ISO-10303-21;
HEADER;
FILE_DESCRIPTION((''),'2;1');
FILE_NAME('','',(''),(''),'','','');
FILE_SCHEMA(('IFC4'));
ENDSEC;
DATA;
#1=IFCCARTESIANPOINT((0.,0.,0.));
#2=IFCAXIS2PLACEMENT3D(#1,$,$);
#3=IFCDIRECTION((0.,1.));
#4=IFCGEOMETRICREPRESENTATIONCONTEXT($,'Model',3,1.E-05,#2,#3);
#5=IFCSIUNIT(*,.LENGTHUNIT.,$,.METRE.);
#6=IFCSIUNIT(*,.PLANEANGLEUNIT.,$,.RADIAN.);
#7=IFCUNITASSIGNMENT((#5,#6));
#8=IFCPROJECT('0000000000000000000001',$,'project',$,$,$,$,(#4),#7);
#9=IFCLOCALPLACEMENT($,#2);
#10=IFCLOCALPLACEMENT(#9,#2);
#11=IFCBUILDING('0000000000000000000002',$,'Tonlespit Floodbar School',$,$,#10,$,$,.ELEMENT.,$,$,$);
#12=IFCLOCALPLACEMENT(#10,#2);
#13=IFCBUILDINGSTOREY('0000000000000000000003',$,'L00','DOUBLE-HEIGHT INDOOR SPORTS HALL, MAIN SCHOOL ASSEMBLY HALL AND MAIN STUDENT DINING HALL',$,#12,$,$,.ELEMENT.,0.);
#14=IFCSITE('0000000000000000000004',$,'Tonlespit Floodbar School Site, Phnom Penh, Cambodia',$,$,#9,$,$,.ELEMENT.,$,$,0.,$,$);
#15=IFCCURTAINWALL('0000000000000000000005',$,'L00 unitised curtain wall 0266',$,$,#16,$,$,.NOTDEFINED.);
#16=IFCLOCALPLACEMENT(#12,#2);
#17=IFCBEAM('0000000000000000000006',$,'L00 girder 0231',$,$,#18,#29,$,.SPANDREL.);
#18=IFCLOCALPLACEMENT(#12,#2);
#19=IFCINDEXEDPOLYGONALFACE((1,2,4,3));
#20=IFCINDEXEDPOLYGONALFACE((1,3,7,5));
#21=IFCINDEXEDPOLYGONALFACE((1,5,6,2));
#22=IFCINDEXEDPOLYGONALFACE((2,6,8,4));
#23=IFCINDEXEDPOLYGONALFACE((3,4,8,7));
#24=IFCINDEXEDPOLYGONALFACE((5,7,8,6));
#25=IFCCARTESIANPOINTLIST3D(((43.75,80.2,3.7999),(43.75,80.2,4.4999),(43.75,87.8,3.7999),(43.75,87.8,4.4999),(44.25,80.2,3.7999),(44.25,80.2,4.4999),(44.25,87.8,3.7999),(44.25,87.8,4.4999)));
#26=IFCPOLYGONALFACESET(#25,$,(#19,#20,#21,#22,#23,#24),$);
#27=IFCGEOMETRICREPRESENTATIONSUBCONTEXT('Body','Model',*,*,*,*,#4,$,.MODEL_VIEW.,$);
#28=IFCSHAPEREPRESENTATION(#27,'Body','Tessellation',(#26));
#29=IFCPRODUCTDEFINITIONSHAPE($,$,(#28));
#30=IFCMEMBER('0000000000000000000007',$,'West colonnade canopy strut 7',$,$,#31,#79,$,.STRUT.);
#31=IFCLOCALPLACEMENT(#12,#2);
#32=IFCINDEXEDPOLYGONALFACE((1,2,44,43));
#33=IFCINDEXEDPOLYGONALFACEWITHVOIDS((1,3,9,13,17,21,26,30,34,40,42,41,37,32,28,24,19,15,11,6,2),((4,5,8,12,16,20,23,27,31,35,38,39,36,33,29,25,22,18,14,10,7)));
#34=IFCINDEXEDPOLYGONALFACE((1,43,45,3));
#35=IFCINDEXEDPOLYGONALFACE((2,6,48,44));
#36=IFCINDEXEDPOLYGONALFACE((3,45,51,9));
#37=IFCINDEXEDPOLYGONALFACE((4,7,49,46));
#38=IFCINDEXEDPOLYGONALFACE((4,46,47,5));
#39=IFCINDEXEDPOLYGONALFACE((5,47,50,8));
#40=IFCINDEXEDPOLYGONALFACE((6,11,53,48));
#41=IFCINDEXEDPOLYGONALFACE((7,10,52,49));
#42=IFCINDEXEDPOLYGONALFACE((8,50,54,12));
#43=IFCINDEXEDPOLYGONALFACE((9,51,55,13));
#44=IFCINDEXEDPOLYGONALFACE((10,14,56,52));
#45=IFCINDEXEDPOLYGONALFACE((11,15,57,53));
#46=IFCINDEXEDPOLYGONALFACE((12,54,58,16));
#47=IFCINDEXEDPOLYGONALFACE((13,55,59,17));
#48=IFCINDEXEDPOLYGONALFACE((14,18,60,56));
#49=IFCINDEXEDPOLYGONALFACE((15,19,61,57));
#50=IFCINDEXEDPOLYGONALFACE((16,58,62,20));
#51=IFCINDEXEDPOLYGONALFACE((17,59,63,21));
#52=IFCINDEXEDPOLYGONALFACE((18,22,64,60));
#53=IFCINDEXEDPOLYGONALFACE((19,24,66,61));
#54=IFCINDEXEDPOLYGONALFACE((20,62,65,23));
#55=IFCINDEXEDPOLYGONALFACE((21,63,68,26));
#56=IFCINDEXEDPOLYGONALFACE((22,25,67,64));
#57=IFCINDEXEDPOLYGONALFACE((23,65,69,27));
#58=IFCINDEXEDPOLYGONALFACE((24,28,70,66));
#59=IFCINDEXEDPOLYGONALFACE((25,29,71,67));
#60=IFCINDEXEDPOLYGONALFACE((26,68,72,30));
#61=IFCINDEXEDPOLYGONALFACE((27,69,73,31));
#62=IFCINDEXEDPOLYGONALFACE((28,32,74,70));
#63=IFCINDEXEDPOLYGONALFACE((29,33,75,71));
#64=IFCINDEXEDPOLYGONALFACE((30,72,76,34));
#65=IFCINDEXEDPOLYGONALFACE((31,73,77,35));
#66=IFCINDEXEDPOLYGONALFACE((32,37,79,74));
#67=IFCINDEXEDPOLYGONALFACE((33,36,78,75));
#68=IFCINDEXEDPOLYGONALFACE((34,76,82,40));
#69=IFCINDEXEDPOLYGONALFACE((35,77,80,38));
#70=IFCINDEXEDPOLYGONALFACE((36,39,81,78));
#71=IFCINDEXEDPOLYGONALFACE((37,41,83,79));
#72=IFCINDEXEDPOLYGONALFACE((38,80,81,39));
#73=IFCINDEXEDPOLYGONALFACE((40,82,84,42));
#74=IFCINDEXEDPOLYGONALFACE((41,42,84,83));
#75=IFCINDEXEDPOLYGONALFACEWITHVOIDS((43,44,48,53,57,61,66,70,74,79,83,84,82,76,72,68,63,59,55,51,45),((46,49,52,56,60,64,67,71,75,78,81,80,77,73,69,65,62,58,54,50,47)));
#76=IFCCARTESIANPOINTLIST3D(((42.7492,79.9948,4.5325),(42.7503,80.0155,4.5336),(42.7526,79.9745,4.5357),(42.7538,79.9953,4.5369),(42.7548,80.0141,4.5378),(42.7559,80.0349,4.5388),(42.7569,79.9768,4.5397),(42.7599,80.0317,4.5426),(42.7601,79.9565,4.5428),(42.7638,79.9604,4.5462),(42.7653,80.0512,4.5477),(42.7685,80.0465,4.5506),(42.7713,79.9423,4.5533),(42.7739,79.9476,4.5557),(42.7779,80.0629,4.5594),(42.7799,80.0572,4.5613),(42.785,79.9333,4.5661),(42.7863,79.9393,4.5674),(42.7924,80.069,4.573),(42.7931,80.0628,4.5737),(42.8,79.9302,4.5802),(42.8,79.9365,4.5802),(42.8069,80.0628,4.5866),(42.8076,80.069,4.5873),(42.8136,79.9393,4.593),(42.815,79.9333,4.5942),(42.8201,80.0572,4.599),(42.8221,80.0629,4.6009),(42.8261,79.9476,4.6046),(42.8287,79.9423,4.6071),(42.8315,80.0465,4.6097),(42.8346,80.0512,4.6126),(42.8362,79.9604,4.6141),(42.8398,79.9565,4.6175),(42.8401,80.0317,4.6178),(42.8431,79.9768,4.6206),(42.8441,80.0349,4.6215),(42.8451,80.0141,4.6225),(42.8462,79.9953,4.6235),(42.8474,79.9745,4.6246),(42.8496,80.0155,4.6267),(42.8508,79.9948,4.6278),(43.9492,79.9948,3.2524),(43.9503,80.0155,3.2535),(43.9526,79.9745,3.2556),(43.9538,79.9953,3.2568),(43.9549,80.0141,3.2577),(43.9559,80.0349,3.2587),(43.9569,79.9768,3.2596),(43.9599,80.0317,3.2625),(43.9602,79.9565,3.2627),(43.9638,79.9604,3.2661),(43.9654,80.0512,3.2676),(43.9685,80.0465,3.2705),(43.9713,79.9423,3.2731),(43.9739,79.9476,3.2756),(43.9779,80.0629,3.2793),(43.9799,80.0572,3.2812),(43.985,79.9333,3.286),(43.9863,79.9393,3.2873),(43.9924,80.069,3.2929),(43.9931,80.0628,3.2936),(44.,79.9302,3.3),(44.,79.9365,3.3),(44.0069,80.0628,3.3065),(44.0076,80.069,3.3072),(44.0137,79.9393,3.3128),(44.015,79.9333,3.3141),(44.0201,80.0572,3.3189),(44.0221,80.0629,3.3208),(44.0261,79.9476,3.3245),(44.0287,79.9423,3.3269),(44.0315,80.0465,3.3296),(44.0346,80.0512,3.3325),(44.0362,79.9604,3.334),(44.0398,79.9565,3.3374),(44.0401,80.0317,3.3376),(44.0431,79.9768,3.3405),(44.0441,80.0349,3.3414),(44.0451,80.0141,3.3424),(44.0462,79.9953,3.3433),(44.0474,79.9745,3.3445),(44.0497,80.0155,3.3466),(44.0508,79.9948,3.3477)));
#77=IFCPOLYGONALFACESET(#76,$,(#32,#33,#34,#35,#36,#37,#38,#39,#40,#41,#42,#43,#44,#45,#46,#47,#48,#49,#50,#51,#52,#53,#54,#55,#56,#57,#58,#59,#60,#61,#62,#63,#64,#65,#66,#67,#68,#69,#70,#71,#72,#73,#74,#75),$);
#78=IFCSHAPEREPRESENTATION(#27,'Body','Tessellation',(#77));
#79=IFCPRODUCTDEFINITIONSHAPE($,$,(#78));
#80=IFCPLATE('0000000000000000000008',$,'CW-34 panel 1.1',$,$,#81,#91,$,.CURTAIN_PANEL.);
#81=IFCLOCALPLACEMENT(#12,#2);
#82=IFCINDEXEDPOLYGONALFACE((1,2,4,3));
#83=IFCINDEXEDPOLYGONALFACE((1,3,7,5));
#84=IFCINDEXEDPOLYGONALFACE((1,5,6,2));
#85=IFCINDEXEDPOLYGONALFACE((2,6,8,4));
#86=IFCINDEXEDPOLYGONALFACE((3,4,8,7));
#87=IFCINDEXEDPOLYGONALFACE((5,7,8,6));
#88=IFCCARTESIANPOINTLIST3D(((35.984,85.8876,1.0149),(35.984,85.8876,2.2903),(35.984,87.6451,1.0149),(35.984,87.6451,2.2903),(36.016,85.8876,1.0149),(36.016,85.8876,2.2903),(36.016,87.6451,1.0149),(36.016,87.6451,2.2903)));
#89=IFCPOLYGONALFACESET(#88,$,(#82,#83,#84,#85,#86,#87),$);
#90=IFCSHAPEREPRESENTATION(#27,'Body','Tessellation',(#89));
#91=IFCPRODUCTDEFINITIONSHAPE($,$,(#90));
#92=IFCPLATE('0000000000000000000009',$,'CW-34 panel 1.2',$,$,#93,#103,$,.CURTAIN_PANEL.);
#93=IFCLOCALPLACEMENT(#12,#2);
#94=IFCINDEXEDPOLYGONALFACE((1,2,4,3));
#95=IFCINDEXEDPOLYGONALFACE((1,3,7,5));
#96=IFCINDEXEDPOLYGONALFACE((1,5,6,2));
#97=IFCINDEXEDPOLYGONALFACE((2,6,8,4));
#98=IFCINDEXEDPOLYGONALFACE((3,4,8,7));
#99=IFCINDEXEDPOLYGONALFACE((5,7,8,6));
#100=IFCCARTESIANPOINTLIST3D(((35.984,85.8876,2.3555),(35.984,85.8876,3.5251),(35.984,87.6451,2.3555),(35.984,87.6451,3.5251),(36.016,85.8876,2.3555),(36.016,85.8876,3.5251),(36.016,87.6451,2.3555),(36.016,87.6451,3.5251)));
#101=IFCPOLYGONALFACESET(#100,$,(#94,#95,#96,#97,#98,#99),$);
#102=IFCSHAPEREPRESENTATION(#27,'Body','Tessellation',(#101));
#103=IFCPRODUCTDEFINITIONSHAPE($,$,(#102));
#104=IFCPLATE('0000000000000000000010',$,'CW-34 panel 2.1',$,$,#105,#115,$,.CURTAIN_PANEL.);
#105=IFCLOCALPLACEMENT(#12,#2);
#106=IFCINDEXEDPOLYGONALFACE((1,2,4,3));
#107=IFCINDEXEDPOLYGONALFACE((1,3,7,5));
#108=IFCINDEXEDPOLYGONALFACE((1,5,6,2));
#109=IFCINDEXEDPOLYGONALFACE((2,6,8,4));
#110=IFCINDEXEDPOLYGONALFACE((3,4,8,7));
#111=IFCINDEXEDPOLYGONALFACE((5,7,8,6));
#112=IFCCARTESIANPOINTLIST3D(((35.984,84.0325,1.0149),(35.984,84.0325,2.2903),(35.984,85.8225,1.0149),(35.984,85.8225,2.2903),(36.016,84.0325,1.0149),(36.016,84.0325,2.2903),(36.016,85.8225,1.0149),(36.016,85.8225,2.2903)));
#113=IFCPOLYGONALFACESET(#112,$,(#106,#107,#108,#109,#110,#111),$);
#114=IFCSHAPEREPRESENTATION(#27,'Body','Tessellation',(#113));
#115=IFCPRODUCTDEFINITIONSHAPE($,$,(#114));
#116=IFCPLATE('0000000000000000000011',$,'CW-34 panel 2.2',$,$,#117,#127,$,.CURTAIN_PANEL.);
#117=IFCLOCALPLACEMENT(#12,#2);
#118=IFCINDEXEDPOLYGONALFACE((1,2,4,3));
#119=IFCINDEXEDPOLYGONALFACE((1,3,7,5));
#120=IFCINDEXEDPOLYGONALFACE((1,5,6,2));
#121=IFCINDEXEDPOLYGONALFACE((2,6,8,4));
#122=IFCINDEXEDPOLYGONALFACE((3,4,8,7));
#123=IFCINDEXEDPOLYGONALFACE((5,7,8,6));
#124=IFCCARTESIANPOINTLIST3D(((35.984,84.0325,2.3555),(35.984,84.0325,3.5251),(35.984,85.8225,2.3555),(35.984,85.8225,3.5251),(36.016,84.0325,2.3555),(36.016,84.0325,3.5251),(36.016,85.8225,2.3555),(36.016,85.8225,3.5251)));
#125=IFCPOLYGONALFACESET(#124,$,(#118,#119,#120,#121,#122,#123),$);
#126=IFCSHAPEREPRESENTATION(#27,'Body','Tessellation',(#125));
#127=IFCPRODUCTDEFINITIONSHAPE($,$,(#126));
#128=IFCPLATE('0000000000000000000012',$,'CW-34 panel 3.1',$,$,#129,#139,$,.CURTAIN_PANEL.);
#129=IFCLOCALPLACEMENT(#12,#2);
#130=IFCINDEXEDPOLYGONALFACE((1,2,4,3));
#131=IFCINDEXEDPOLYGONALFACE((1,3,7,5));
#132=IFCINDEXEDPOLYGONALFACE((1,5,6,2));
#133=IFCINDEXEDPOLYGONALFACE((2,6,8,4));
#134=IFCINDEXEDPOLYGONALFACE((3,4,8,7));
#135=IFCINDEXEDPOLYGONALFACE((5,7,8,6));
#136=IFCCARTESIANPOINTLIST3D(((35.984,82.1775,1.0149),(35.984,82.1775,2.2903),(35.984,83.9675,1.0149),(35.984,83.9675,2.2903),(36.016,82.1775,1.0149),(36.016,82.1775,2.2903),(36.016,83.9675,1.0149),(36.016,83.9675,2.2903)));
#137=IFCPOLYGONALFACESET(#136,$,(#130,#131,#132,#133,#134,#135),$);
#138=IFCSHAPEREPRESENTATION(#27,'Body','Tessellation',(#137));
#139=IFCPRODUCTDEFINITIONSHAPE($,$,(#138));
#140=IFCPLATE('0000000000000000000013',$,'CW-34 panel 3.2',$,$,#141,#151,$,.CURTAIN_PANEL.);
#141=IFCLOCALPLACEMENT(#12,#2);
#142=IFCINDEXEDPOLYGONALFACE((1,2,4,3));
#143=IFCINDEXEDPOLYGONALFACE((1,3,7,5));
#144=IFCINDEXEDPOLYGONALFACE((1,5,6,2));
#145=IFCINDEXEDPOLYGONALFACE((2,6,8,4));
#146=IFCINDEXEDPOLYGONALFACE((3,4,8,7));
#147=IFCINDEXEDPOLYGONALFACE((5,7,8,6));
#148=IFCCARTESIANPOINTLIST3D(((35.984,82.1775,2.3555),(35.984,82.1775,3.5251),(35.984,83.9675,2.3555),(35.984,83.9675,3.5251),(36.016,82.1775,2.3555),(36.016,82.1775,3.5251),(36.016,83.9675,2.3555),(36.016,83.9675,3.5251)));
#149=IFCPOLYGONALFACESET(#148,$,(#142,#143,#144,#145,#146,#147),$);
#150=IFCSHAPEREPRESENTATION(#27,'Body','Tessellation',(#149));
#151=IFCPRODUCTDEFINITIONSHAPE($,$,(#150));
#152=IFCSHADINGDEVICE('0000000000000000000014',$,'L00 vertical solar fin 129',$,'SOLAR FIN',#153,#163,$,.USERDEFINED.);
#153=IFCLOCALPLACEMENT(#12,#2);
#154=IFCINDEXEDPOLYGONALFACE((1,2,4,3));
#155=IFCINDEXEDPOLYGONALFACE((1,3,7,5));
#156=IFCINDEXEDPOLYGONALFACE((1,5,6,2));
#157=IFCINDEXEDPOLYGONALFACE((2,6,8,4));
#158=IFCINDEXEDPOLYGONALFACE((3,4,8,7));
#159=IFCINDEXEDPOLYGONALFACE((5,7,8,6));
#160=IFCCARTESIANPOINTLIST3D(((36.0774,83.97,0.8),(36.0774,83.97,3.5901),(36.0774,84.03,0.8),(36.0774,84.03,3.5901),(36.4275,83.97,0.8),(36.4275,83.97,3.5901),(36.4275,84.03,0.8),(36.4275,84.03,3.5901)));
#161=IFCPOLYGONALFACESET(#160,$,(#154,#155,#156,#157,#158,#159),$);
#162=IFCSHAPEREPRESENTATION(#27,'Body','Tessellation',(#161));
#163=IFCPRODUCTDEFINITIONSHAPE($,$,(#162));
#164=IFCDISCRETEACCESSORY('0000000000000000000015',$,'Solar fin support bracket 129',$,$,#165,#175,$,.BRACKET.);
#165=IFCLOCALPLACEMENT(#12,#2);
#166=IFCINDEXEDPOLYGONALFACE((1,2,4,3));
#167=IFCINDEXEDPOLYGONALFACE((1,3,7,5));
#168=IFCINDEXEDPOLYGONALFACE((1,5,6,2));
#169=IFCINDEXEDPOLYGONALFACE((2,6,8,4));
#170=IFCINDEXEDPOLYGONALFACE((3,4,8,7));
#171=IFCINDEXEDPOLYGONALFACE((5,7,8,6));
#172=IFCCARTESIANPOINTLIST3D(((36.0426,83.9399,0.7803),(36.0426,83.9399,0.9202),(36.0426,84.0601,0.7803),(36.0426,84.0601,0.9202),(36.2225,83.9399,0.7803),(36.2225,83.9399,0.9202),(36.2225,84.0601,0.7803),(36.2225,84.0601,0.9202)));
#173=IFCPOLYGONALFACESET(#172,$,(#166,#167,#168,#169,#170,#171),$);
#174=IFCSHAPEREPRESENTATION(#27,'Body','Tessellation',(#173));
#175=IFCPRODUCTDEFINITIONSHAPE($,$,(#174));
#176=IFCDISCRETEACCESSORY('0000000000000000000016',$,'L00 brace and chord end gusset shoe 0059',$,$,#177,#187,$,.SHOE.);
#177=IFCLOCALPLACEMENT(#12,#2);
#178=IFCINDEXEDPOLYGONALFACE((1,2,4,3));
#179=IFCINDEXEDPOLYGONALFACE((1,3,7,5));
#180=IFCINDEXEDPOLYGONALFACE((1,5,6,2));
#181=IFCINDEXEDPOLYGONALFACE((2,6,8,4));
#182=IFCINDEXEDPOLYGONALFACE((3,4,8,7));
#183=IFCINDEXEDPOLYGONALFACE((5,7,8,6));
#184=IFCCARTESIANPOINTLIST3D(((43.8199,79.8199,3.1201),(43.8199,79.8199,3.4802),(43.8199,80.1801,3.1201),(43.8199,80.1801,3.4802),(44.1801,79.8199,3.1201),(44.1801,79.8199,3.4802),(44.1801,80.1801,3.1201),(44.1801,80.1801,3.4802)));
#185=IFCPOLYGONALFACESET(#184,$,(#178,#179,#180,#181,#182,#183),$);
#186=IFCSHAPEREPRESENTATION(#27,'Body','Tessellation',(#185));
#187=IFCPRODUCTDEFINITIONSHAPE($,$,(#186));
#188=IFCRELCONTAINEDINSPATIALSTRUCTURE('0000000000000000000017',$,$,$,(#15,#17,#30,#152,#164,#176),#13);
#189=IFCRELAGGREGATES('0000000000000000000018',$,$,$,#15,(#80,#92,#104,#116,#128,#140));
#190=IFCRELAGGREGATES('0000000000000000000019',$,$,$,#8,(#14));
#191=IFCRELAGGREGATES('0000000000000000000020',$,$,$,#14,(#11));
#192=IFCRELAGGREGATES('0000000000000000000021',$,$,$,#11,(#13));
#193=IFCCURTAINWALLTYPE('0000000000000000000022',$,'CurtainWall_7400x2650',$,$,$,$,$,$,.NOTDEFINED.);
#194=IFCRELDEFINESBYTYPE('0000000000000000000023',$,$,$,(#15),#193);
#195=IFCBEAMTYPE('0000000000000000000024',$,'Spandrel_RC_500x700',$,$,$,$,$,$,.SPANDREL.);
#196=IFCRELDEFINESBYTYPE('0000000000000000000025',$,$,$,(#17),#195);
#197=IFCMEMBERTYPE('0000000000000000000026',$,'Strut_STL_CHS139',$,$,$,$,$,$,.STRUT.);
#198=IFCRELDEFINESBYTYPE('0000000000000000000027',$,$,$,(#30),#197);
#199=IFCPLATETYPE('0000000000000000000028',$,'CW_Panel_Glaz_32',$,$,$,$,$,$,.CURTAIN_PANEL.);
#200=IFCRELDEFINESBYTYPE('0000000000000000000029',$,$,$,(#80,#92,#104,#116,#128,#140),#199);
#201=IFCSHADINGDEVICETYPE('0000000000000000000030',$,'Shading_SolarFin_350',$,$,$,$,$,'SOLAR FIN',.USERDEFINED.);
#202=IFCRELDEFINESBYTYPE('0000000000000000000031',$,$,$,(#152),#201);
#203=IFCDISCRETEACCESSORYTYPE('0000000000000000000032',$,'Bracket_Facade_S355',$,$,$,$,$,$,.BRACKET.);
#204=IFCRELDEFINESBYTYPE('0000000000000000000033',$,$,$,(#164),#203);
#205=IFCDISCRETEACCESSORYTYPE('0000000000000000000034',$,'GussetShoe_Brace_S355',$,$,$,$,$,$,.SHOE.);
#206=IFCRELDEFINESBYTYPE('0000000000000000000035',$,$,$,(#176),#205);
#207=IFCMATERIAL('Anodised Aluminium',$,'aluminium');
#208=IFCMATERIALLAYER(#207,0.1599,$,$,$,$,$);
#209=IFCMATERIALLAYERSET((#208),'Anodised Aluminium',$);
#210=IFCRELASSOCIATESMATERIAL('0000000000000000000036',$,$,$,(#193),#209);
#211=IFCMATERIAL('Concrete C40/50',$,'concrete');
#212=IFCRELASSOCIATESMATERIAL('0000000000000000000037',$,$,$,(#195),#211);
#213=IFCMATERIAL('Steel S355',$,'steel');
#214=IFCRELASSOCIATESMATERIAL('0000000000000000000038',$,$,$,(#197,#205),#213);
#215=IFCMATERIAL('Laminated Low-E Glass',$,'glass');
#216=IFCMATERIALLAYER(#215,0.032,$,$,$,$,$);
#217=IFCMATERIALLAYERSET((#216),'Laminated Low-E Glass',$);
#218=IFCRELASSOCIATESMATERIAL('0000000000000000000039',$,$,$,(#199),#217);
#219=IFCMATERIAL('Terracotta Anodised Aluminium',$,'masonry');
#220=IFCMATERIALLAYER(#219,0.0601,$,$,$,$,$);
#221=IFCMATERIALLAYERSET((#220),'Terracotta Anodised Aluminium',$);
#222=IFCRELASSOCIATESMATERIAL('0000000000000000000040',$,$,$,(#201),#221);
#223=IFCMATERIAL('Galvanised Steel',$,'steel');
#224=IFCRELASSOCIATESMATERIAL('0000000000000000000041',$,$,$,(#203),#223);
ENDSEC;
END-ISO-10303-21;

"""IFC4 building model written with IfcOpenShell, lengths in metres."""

from ifc_helpers import new_model, si_unit, direction, frame, origin, origin_2d, place, context, subcontext, project, spatial, rectangle, hollow_circle, extrude, material, layer, layer_set, material_profile, profile_set, type_object, element, aggregate, save


model = new_model("IFC4")

# Units and contexts
model_context = context("Model", 3, precision=1e-05, world=origin(), true_north=direction((0.0, 1.0)))
body_context = subcontext(model_context, "Body", "Model", "MODEL_VIEW")
ifc_project = project(units=[si_unit("LENGTHUNIT", "METRE"), si_unit("PLANEANGLEUNIT", "RADIAN")], contexts=[model_context])

# Site, building, storey
site_placement = place(None, origin())
site = spatial("IfcSite", under=ifc_project, at=site_placement, Name="Tonlespit Floodbar School Site, Phnom Penh, Cambodia", CompositionType="ELEMENT", RefElevation=0.0)
building_placement = place(site_placement, origin())
building = spatial("IfcBuilding", under=site, at=building_placement, Name="Tonlespit Floodbar School", CompositionType="ELEMENT")
storey_placement = place(building_placement, origin())
storey = spatial("IfcBuildingStorey", under=building, at=storey_placement, Name="L00", Description="DOUBLE-HEIGHT INDOOR SPORTS HALL, MAIN SCHOOL ASSEMBLY HALL AND MAIN STUDENT DINING HALL", CompositionType="ELEMENT", Elevation=0.0)

# Shared definitions
ifc_material_1 = material(Name="Concrete C40/50", Category="concrete")

# Curtain wall
ifc_material_2 = material(Name="Anodised Aluminium", Category="aluminium")
ifc_layer_1 = layer(ifc_material_2, 0.1599)
ifc_layer_set_1 = layer_set([ifc_layer_1], Name="Anodised Aluminium")
curtain_wall_type = type_object("IfcCurtainWallType", Name="CurtainWall_7400x2650", PredefinedType="NOTDEFINED", material=ifc_layer_set_1)
curtain_wall_placement = place(storey_placement, origin())
curtain_wall = element("IfcCurtainWall", 1, at=curtain_wall_placement, inside=storey, type_object=curtain_wall_type, Name="L00 unitised curtain wall 0266", PredefinedType="NOTDEFINED")

# Beam
ifc_material_profile_1 = material_profile(ifc_material_1, rectangle(XDim=0.5, YDim=0.7, at=origin_2d()), Name="RC 500x700")
ifc_profile_set_1 = profile_set([ifc_material_profile_1], Name="Concrete C40/50")
beam_type_1 = type_object("IfcBeamType", Name="Spandrel_RC_500x700", PredefinedType="SPANDREL", material=ifc_profile_set_1)
beam_1_placement = place(storey_placement, frame((44.0, 80.2, 4.1499), z_axis=(0.0, 1.0, 0.0), x_axis=(-1.0, 0.0, 0.0)))
element("IfcBeam", 2, at=beam_1_placement, inside=storey, type_object=beam_type_1, Name="L00 girder 0231", PredefinedType="SPANDREL", context=body_context, shape_type="SweptSolid", body=[
    extrude(rectangle(XDim=0.5, YDim=0.7, at=origin_2d()), origin(), (0.0, 0.0, 1.0), 7.6001),
])

# Member
ifc_material_3 = material(Name="Steel S355", Category="steel")
ifc_material_profile_2 = material_profile(ifc_material_3, hollow_circle(Radius=0.0698, WallThickness=0.0063, at=origin_2d()), Name="CHS 139.7x6.3")
ifc_profile_set_2 = profile_set([ifc_material_profile_2], Name="Steel S355")
member_type_1 = type_object("IfcMemberType", Name="Strut_STL_CHS139", PredefinedType="STRUT", material=ifc_profile_set_2)
member_1_placement = place(storey_placement, frame((44.0, 80.0, 3.3), z_axis=(-0.683918, 0.0, 0.729559), x_axis=(0.0, -1.0, 0.0)))
element("IfcMember", 3, at=member_1_placement, inside=storey, type_object=member_type_1, Name="West colonnade canopy strut 7", PredefinedType="STRUT", context=body_context, shape_type="SweptSolid", body=[
    extrude(hollow_circle(Radius=0.0698, WallThickness=0.0063, at=origin_2d()), origin(), (0.0, 0.0, 1.0), 1.7546),
])

# Plates
ifc_material_4 = material(Name="Laminated Low-E Glass", Category="glass")
ifc_layer_2 = layer(ifc_material_4, 0.032)
ifc_layer_set_2 = layer_set([ifc_layer_2], Name="Laminated Low-E Glass")
plate_type = type_object("IfcPlateType", Name="CW_Panel_Glaz_32", PredefinedType="CURTAIN_PANEL", material=ifc_layer_set_2)
plate_1_placement = place(storey_placement, frame((36.0, 86.7664, 1.0149), z_axis=(0.0, 0.0, 1.0), x_axis=(0.0, -1.0, 0.0)))
plate_1 = element("IfcPlate", 4, at=plate_1_placement, type_object=plate_type, Name="CW-34 panel 1.1", PredefinedType="CURTAIN_PANEL", context=body_context, shape_type="SweptSolid", body=[
    extrude(rectangle(XDim=1.7576, YDim=0.032, at=origin_2d()), origin(), (0.0, 0.0, 1.0), 1.2754),
])
plate_2_placement = place(storey_placement, frame((36.0, 86.7664, 2.3555), z_axis=(0.0, 0.0, 1.0), x_axis=(0.0, -1.0, 0.0)))
plate_2 = element("IfcPlate", 5, at=plate_2_placement, type_object=plate_type, Name="CW-34 panel 1.2", PredefinedType="CURTAIN_PANEL", context=body_context, shape_type="SweptSolid", body=[
    extrude(rectangle(XDim=1.7576, YDim=0.032, at=origin_2d()), origin(), (0.0, 0.0, 1.0), 1.1697),
])
plate_3_placement = place(storey_placement, frame((36.0, 84.9275, 1.0149), z_axis=(0.0, 0.0, 1.0), x_axis=(0.0, -1.0, 0.0)))
plate_3 = element("IfcPlate", 6, at=plate_3_placement, type_object=plate_type, Name="CW-34 panel 2.1", PredefinedType="CURTAIN_PANEL", context=body_context, shape_type="SweptSolid", body=[
    extrude(rectangle(XDim=1.79, YDim=0.032, at=origin_2d()), origin(), (0.0, 0.0, 1.0), 1.2754),
])
plate_4_placement = place(storey_placement, frame((36.0, 84.9275, 2.3555), z_axis=(0.0, 0.0, 1.0), x_axis=(0.0, -1.0, 0.0)))
plate_4 = element("IfcPlate", 7, at=plate_4_placement, type_object=plate_type, Name="CW-34 panel 2.2", PredefinedType="CURTAIN_PANEL", context=body_context, shape_type="SweptSolid", body=[
    extrude(rectangle(XDim=1.79, YDim=0.032, at=origin_2d()), origin(), (0.0, 0.0, 1.0), 1.1697),
])
plate_5_placement = place(storey_placement, frame((36.0, 83.0725, 1.0149), z_axis=(0.0, 0.0, 1.0), x_axis=(0.0, -1.0, 0.0)))
plate_5 = element("IfcPlate", 8, at=plate_5_placement, type_object=plate_type, Name="CW-34 panel 3.1", PredefinedType="CURTAIN_PANEL", context=body_context, shape_type="SweptSolid", body=[
    extrude(rectangle(XDim=1.79, YDim=0.032, at=origin_2d()), origin(), (0.0, 0.0, 1.0), 1.2754),
])
plate_6_placement = place(storey_placement, frame((36.0, 83.0725, 2.3555), z_axis=(0.0, 0.0, 1.0), x_axis=(0.0, -1.0, 0.0)))
plate_6 = element("IfcPlate", 9, at=plate_6_placement, type_object=plate_type, Name="CW-34 panel 3.2", PredefinedType="CURTAIN_PANEL", context=body_context, shape_type="SweptSolid", body=[
    extrude(rectangle(XDim=1.79, YDim=0.032, at=origin_2d()), origin(), (0.0, 0.0, 1.0), 1.1697),
])
aggregate(curtain_wall, [plate_1, plate_2, plate_3, plate_4, plate_5, plate_6])

# Shading device
ifc_material_5 = material(Name="Terracotta Anodised Aluminium", Category="masonry")
ifc_layer_3 = layer(ifc_material_5, 0.0601)
ifc_layer_set_3 = layer_set([ifc_layer_3], Name="Terracotta Anodised Aluminium")
shading_device_type = type_object("IfcShadingDeviceType", Name="Shading_SolarFin_350", ElementType="SOLAR FIN", PredefinedType="USERDEFINED", material=ifc_layer_set_3)
shading_device_placement = place(storey_placement, frame((36.2524, 84.0, 0.8), z_axis=(0.0, 0.0, 1.0), x_axis=(0.0, -1.0, 0.0)))
element("IfcShadingDevice", 10, at=shading_device_placement, inside=storey, type_object=shading_device_type, Name="L00 vertical solar fin 129", ObjectType="SOLAR FIN", PredefinedType="USERDEFINED", context=body_context, shape_type="SweptSolid", body=[
    extrude(rectangle(XDim=0.0601, YDim=0.3501, at=origin_2d()), origin(), (0.0, 0.0, 1.0), 2.79),
])

# Discrete accessories
ifc_material_6 = material(Name="Galvanised Steel", Category="steel")
discrete_accessory_type_1 = type_object("IfcDiscreteAccessoryType", Name="Bracket_Facade_S355", PredefinedType="BRACKET", material=ifc_material_6)
discrete_accessory_placement = place(storey_placement, frame((36.1326, 84.0, 0.7803), z_axis=(0.0, 0.0, 1.0), x_axis=(0.0, -1.0, 0.0)))
element("IfcDiscreteAccessory", 11, at=discrete_accessory_placement, inside=storey, type_object=discrete_accessory_type_1, Name="Solar fin support bracket 129", PredefinedType="BRACKET", context=body_context, shape_type="SweptSolid", body=[
    extrude(rectangle(XDim=0.1201, YDim=0.1799, at=origin_2d()), origin(), (0.0, 0.0, 1.0), 0.1399),
])
discrete_accessory_type_2 = type_object("IfcDiscreteAccessoryType", Name="GussetShoe_Brace_S355", PredefinedType="SHOE", material=ifc_material_3)
for number, where, z_axis, x_axis, name in (
    (12, (44.0, 80.0, 3.1201), (0.0, 0.0, 1.0), (1.0, 0.0, 0.0), "L00 brace and chord end gusset shoe 0059"),
):
    element("IfcDiscreteAccessory", number, at=place(storey_placement, frame(where, z_axis=z_axis, x_axis=x_axis)), inside=storey, type_object=discrete_accessory_type_2, Name=name, PredefinedType="SHOE", context=body_context, shape_type="SweptSolid", body=[
        extrude(rectangle(XDim=0.3601, YDim=0.3601, at=origin_2d()), origin(), (0.0, 0.0, 1.0), 0.3601),
    ])

save(model, "model.ifc")
